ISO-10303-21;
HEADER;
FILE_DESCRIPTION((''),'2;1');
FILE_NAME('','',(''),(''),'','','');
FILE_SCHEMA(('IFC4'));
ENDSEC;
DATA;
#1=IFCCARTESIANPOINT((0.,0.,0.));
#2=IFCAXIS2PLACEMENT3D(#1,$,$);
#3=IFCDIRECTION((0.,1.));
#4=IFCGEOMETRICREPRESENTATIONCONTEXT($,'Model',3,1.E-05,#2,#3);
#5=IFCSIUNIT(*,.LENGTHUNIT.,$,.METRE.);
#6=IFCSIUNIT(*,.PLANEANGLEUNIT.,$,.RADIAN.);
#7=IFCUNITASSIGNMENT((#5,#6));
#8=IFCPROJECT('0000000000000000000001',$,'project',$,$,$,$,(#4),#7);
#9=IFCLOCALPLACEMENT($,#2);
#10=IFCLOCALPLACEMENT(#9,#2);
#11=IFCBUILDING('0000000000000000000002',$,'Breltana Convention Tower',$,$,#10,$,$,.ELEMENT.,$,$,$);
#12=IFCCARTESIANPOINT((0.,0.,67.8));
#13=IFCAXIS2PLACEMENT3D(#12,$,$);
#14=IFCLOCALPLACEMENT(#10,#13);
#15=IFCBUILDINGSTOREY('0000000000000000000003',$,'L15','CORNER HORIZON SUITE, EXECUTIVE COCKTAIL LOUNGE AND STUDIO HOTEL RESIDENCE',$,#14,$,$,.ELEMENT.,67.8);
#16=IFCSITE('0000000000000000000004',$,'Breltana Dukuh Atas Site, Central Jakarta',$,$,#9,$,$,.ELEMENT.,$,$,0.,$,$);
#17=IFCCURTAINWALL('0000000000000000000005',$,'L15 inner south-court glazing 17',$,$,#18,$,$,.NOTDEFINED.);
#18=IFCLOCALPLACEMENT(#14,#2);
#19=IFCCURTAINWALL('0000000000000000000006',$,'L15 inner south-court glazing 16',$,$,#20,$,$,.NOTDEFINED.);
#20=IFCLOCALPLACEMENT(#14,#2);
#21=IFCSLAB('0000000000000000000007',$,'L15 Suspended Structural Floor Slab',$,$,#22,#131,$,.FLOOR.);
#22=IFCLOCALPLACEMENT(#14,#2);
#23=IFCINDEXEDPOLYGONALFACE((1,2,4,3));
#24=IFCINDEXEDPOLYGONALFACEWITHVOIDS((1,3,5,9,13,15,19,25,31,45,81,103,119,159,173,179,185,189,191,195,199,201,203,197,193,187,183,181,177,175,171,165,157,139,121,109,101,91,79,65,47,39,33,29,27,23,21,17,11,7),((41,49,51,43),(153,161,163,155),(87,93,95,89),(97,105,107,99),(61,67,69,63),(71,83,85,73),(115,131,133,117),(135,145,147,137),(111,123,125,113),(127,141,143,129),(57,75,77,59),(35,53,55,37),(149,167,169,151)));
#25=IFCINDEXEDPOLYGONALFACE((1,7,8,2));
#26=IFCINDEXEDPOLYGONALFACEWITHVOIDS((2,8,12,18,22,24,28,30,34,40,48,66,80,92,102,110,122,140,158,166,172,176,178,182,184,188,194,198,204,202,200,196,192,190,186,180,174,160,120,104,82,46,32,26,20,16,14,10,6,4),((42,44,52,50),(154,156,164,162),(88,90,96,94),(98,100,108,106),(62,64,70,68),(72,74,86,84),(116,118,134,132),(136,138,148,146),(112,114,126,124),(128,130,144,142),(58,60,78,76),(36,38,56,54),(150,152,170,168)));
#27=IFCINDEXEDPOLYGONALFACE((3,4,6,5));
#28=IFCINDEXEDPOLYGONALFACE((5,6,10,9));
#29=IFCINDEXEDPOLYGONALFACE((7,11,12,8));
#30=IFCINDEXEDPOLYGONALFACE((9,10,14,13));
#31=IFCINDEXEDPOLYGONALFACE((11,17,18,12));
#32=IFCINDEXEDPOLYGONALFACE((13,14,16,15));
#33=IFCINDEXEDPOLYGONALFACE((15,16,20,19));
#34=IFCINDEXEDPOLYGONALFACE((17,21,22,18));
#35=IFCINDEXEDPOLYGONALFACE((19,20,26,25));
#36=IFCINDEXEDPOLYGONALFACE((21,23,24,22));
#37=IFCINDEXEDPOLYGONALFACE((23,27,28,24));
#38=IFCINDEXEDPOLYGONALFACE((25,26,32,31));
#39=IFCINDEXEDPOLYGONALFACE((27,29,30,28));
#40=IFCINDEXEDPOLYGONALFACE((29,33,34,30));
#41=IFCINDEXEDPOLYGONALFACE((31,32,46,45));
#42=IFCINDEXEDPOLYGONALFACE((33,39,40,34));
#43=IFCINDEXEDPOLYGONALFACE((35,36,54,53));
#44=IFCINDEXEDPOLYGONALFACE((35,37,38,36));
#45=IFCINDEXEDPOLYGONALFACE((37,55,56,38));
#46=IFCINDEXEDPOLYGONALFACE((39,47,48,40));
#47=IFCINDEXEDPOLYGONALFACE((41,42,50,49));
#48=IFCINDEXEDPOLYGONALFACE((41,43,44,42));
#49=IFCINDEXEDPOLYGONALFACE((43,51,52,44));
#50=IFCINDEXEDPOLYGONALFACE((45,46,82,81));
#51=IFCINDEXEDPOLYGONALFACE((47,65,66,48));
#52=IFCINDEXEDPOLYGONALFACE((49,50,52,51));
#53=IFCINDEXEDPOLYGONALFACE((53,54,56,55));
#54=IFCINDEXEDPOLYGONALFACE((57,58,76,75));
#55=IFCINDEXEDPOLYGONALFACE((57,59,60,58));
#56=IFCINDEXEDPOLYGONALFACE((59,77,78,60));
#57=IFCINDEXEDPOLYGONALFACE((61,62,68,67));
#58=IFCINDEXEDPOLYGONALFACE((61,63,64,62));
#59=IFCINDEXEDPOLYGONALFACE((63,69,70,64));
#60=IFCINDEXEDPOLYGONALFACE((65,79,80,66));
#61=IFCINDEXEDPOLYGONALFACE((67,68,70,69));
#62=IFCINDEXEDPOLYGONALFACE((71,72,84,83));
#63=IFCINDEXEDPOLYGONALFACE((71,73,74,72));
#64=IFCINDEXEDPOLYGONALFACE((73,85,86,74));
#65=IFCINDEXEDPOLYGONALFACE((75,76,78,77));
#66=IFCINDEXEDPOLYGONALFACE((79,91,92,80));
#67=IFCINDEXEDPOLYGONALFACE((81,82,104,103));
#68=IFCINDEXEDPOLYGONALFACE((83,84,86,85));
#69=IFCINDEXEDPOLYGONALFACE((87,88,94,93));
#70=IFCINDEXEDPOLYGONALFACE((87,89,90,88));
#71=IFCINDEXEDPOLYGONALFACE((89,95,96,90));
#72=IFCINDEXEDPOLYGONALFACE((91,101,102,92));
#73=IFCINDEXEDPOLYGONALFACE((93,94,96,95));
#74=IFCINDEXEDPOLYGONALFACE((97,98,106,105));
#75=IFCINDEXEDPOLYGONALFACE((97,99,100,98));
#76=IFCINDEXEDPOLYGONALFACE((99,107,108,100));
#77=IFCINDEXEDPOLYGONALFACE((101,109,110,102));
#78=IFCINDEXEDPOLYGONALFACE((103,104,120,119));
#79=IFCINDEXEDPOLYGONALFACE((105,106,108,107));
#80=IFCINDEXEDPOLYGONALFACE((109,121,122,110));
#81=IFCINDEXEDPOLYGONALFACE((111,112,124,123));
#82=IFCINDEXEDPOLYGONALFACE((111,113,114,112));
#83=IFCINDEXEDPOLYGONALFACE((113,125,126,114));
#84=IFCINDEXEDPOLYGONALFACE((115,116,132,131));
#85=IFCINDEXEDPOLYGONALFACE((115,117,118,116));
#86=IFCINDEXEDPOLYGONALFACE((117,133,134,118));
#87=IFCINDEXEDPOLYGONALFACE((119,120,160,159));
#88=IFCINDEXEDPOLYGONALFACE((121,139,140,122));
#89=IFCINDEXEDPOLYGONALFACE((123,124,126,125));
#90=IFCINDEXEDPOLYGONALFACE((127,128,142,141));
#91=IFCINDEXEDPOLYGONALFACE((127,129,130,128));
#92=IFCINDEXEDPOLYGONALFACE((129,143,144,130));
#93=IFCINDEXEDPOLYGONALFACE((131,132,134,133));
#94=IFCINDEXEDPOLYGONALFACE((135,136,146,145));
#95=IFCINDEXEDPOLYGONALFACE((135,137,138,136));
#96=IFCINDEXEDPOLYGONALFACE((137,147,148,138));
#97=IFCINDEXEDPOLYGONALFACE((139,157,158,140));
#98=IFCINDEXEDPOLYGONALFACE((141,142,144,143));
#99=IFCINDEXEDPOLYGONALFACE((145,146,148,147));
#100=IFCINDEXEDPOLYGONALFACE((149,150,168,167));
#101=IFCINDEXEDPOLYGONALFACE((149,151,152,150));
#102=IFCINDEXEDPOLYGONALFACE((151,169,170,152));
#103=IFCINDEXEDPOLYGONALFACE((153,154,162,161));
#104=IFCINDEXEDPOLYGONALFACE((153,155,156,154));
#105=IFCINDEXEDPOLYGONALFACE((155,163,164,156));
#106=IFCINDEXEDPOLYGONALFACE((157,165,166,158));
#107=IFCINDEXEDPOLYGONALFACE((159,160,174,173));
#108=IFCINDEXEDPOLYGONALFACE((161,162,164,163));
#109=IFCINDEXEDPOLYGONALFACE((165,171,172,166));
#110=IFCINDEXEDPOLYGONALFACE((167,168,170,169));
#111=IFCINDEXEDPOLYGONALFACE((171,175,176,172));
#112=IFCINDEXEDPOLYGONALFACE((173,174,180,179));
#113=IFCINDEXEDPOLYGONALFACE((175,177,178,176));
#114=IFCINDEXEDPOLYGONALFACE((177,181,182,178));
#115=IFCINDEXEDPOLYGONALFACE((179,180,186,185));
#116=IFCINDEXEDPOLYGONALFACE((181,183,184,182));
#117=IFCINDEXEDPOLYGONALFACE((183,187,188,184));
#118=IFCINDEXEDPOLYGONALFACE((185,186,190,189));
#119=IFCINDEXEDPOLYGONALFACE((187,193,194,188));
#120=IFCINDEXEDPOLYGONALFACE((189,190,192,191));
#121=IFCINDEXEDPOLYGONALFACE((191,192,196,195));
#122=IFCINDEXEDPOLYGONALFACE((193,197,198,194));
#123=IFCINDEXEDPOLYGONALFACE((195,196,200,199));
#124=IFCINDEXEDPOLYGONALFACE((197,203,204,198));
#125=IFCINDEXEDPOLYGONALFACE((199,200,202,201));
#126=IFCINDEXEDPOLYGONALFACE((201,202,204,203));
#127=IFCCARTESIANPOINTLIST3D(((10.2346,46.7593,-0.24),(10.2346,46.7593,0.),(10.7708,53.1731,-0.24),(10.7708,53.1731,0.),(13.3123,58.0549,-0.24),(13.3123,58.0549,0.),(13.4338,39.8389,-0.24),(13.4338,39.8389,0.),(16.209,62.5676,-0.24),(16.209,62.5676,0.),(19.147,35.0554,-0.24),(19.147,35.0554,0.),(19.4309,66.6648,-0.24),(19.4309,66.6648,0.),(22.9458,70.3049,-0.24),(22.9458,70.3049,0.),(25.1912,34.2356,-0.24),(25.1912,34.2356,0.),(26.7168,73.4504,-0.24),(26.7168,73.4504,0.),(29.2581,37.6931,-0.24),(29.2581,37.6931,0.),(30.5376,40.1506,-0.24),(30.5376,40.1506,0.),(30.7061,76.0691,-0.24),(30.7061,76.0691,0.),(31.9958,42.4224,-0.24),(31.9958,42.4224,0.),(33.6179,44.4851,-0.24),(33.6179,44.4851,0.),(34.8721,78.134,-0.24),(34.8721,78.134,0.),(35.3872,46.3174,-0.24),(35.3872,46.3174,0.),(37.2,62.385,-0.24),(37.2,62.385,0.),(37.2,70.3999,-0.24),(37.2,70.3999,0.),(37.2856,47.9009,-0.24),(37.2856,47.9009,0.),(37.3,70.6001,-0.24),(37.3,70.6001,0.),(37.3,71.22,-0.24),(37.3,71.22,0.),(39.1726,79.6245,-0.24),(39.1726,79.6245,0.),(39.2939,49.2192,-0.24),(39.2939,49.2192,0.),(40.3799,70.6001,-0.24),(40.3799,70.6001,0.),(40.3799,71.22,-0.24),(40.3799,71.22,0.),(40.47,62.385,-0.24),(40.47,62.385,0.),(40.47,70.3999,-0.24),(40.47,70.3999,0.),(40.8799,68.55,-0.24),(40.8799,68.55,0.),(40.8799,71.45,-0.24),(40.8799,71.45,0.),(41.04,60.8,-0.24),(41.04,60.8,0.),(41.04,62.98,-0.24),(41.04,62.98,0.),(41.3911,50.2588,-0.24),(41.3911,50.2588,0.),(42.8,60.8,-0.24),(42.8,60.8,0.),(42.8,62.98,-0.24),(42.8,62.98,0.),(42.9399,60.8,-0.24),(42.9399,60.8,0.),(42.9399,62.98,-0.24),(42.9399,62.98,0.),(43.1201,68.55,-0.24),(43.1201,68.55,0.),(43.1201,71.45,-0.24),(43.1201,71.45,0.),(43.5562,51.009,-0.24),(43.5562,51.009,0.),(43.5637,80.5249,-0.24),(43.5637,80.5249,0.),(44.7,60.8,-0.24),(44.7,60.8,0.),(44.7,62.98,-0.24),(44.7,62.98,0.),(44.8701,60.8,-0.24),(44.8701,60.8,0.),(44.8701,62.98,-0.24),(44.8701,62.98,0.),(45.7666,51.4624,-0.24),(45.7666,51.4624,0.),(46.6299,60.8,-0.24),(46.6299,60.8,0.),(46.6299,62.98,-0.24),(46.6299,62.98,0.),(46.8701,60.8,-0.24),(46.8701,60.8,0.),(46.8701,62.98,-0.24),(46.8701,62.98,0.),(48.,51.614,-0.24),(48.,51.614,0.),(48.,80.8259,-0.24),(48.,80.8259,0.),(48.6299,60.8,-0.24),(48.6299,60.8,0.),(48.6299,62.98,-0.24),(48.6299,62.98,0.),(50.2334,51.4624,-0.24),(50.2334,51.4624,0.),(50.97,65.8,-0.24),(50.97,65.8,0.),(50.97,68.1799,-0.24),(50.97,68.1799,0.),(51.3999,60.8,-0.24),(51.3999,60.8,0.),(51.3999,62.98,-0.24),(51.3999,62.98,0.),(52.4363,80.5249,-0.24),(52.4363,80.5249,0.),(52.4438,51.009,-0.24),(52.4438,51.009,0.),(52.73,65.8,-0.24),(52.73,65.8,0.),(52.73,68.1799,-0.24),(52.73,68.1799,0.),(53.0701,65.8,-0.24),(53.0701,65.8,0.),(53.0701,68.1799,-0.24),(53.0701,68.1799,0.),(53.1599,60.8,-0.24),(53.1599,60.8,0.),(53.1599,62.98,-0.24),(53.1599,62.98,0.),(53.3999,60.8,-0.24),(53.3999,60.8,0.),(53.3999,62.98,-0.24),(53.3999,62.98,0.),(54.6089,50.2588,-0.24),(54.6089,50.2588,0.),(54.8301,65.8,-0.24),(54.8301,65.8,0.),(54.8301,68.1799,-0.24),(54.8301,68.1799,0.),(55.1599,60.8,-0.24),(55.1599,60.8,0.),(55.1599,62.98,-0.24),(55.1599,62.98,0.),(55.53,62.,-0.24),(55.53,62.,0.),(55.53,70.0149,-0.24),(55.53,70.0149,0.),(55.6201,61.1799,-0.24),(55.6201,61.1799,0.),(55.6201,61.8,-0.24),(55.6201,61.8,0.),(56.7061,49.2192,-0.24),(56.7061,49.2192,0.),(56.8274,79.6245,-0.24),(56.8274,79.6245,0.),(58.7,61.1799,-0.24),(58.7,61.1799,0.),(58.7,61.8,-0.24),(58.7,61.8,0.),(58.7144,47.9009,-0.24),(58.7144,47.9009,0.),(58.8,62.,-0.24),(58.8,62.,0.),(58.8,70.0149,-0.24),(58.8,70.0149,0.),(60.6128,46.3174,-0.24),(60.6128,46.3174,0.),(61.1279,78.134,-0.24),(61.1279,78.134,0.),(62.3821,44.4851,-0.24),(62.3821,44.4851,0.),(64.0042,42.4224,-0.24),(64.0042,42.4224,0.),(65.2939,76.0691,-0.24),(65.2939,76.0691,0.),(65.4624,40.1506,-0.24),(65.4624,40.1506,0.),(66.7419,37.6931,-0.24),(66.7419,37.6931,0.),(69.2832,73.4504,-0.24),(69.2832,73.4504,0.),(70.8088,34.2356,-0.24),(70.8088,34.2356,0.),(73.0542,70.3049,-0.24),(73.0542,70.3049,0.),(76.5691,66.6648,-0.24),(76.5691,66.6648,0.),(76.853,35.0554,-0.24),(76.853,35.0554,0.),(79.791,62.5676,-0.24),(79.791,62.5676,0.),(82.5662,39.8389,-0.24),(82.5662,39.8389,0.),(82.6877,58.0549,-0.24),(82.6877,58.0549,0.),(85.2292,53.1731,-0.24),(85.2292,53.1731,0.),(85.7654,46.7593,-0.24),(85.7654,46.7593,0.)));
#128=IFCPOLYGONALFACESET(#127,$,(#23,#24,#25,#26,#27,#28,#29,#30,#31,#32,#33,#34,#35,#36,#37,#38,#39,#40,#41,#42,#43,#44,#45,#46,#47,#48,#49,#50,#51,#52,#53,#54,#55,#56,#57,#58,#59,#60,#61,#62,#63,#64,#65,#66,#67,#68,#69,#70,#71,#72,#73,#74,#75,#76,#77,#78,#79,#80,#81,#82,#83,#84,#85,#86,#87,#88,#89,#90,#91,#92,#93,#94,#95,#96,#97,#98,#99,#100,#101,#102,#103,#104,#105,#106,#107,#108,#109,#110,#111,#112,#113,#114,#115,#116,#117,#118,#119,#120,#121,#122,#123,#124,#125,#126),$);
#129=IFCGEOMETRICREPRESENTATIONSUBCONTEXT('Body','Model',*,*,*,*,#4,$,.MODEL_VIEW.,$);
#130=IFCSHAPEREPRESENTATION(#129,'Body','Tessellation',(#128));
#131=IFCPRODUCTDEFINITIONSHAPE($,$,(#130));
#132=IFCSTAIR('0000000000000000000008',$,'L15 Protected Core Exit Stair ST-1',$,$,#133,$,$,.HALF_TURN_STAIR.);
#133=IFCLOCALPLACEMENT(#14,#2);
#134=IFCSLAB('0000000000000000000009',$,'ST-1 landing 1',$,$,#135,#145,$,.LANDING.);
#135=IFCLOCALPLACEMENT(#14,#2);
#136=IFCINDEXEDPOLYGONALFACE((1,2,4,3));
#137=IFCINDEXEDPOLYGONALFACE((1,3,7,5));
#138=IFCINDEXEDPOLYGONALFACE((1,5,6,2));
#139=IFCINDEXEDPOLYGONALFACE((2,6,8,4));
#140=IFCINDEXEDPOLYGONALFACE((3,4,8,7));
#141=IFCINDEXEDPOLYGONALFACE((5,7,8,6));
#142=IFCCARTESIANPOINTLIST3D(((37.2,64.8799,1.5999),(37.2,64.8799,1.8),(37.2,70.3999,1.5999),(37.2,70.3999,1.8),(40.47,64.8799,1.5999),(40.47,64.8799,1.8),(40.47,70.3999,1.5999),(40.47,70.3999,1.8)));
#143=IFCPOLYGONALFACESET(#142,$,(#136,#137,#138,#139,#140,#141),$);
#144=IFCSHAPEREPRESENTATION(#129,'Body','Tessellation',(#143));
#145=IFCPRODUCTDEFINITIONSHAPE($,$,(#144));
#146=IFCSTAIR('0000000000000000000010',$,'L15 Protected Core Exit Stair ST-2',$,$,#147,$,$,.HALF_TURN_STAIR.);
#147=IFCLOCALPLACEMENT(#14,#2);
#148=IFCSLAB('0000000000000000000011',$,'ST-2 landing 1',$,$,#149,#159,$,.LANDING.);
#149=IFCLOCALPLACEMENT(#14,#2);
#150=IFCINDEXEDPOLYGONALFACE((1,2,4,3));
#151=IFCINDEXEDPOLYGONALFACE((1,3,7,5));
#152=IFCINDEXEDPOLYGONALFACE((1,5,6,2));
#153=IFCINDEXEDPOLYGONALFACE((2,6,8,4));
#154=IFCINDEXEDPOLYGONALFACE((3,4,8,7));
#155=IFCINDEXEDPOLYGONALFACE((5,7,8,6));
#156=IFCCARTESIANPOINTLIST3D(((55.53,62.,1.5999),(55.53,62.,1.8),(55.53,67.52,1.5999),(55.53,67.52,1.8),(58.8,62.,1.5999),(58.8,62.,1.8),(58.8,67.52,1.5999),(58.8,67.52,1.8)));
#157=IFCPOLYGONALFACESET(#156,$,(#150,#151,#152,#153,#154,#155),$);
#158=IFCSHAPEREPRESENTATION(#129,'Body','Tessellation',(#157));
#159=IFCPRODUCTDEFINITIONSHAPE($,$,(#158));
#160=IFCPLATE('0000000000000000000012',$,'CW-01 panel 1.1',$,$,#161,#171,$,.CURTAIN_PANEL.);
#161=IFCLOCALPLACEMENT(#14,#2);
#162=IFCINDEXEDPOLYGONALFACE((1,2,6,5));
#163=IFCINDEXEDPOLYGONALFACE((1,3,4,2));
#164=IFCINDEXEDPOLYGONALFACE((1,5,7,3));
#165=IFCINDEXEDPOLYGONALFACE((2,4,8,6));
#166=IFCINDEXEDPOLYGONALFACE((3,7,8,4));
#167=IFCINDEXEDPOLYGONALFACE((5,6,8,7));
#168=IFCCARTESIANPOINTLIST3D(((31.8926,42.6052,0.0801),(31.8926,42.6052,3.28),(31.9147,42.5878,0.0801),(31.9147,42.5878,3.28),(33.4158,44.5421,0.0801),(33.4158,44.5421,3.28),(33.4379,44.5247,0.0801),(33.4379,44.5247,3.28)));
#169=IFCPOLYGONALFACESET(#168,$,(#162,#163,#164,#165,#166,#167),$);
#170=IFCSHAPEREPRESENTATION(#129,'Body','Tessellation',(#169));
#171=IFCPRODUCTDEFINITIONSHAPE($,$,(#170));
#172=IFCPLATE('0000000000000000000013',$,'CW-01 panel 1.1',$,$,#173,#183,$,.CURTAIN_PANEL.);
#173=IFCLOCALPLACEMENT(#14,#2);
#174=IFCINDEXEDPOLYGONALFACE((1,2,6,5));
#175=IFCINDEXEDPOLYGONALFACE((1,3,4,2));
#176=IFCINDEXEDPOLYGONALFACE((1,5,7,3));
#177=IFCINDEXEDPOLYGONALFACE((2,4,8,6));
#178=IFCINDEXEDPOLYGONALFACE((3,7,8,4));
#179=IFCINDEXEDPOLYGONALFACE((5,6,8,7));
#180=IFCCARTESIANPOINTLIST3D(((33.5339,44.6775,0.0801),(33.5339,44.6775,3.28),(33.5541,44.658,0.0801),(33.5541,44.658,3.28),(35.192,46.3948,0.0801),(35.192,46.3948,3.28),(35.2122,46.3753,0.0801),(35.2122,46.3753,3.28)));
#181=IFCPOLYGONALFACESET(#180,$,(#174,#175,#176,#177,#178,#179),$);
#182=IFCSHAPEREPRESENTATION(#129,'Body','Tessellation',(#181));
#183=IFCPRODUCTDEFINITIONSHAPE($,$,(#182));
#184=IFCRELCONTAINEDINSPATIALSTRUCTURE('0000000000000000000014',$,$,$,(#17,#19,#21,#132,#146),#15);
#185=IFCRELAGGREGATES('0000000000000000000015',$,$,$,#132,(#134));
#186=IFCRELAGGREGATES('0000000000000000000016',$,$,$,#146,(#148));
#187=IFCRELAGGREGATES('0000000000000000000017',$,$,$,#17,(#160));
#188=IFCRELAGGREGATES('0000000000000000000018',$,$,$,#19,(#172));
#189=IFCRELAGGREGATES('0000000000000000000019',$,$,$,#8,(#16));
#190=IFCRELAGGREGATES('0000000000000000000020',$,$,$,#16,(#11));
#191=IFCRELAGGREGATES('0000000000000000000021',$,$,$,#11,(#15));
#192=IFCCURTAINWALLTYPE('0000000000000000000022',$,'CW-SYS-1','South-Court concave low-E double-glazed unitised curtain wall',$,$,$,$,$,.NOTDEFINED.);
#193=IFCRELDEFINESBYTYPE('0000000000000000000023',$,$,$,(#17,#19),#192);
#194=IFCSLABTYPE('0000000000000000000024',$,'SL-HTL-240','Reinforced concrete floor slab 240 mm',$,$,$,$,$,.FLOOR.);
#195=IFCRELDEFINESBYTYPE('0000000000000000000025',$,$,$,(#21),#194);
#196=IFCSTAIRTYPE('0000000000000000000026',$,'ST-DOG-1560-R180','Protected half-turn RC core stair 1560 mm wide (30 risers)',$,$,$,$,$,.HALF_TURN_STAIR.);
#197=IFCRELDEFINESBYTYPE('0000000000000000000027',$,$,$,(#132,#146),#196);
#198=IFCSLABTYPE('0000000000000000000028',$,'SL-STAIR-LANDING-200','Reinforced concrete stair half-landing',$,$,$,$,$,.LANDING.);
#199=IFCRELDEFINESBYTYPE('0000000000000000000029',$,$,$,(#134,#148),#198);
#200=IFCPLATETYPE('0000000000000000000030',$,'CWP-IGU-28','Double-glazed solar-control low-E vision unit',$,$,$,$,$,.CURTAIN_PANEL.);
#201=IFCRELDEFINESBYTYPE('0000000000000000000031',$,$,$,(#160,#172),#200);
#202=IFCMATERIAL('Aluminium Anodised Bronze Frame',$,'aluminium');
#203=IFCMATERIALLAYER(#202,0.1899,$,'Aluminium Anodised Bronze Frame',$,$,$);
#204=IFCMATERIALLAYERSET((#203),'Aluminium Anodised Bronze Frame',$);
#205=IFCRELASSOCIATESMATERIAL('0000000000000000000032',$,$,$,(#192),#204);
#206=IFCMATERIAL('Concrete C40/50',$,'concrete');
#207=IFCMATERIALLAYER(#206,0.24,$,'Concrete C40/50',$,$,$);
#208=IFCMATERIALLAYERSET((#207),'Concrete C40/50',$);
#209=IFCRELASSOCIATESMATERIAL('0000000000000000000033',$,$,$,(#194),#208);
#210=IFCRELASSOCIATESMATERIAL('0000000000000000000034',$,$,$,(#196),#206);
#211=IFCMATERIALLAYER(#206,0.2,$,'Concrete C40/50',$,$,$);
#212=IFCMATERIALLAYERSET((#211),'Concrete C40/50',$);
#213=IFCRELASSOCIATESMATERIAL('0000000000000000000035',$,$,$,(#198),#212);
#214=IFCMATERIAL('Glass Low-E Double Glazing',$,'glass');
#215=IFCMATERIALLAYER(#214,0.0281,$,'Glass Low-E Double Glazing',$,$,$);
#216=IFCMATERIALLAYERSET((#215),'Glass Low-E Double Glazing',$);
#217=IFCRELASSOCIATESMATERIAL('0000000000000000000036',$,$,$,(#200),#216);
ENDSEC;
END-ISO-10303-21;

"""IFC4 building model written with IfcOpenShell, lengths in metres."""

from ifc_helpers import new_model, si_unit, direction, frame, origin, origin_2d, place, context, subcontext, project, spatial, polyline, rectangle, outline, extrude, source, transform, mapped, material, layer, layer_set, type_object, element, aggregate, save


model = new_model("IFC4")

# Units and contexts
model_context = context("Model", 3, precision=1e-05, world=origin(), true_north=direction((0.0, 1.0)))
body_context = subcontext(model_context, "Body", "Model", "MODEL_VIEW")
ifc_project = project(units=[si_unit("LENGTHUNIT", "METRE"), si_unit("PLANEANGLEUNIT", "RADIAN")], contexts=[model_context])

# Site, building, storey
site_placement = place(None, origin())
site = spatial("IfcSite", under=ifc_project, at=site_placement, Name="Breltana Dukuh Atas Site, Central Jakarta", CompositionType="ELEMENT", RefElevation=0.0)
building_placement = place(site_placement, origin())
building = spatial("IfcBuilding", under=site, at=building_placement, Name="Breltana Convention Tower", CompositionType="ELEMENT")
storey_placement = place(building_placement, frame((0.0, 0.0, 67.8)))
storey = spatial("IfcBuildingStorey", under=building, at=storey_placement, Name="L15", Description="CORNER HORIZON SUITE, EXECUTIVE COCKTAIL LOUNGE AND STUDIO HOTEL RESIDENCE", CompositionType="ELEMENT", Elevation=67.8)

# Curtain wall
ifc_material_1 = material(Name="Aluminium Anodised Bronze Frame", Category="aluminium")
ifc_layer_1 = layer(ifc_material_1, 0.1899, Name="Aluminium Anodised Bronze Frame")
ifc_layer_set_1 = layer_set([ifc_layer_1], Name="Aluminium Anodised Bronze Frame")
curtain_wall_type = type_object("IfcCurtainWallType", Name="CW-SYS-1", Description="South-Court concave low-E double-glazed unitised curtain wall", PredefinedType="NOTDEFINED", material=ifc_layer_set_1)
curtain_wall_1_placement = place(storey_placement, origin())
curtain_wall_1 = element("IfcCurtainWall", 1, at=curtain_wall_1_placement, inside=storey, type_object=curtain_wall_type, Name="L15 inner south-court glazing 17", PredefinedType="NOTDEFINED")

# Curtain wall
curtain_wall_2_placement = place(storey_placement, origin())
curtain_wall_2 = element("IfcCurtainWall", 2, at=curtain_wall_2_placement, inside=storey, type_object=curtain_wall_type, Name="L15 inner south-court glazing 16", PredefinedType="NOTDEFINED")

# Slab
ifc_material_2 = material(Name="Concrete C40/50", Category="concrete")
ifc_layer_2 = layer(ifc_material_2, 0.24, Name="Concrete C40/50")
ifc_layer_set_2 = layer_set([ifc_layer_2], Name="Concrete C40/50")
slab_type_1 = type_object("IfcSlabType", Name="SL-HTL-240", Description="Reinforced concrete floor slab 240 mm", PredefinedType="FLOOR", material=ifc_layer_set_2)
slab_1_placement = place(storey_placement, frame((0.0, 0.0, -0.24)))
element("IfcSlab", 3, at=slab_1_placement, inside=storey, type_object=slab_type_1, Name="L15 Suspended Structural Floor Slab", PredefinedType="FLOOR", context=body_context, shape_type="SweptSolid", body=[
    extrude(outline(polyline([(85.2292, 53.1731), (82.6877, 58.0549), (79.791, 62.5676), (76.5691, 66.6648), (73.0542, 70.3049), (69.2832, 73.4504), (65.2939, 76.0691), (61.1279, 78.134), (56.8274, 79.6245), (52.4363, 80.5249), (48.0, 80.8259), (43.5637, 80.5249), (39.1726, 79.6245), (34.8721, 78.134), (30.7061, 76.0691), (26.7168, 73.4504), (22.9458, 70.3049), (19.4309, 66.6648), (16.209, 62.5676), (13.3123, 58.0549), (10.7708, 53.1731), (10.2346, 46.7593), (13.4338, 39.8389), (19.147, 35.0554), (25.1912, 34.2356), (29.2581, 37.6931), (30.5376, 40.1506), (31.9958, 42.4224), (33.6179, 44.4851), (35.3872, 46.3174), (37.2856, 47.9009), (39.2939, 49.2192), (41.3911, 50.2588), (43.5562, 51.009), (45.7666, 51.4624), (48.0, 51.614), (50.2334, 51.4624), (52.4438, 51.009), (54.6089, 50.2588), (56.7061, 49.2192), (58.7144, 47.9009), (60.6128, 46.3174), (62.3821, 44.4851), (64.0042, 42.4224), (65.4624, 40.1506), (66.7419, 37.6931), (70.8088, 34.2356), (76.853, 35.0554), (82.5662, 39.8389), (85.7654, 46.7593), (85.2292, 53.1731)]), holes=[polyline([(37.2, 62.385), (40.47, 62.385), (40.47, 70.3999), (37.2, 70.3999), (37.2, 62.385)]), polyline([(55.53, 62.0), (58.8, 62.0), (58.8, 70.0149), (55.53, 70.0149), (55.53, 62.0)]), polyline([(41.04, 60.8), (42.8, 60.8), (42.8, 62.98), (41.04, 62.98), (41.04, 60.8)]), polyline([(42.9399, 60.8), (44.7, 60.8), (44.7, 62.98), (42.9399, 62.98), (42.9399, 60.8)]), polyline([(44.8701, 60.8), (46.6299, 60.8), (46.6299, 62.98), (44.8701, 62.98), (44.8701, 60.8)]), polyline([(46.8701, 60.8), (48.6299, 60.8), (48.6299, 62.98), (46.8701, 62.98), (46.8701, 60.8)]), polyline([(51.3999, 60.8), (53.1599, 60.8), (53.1599, 62.98), (51.3999, 62.98), (51.3999, 60.8)]), polyline([(53.3999, 60.8), (55.1599, 60.8), (55.1599, 62.98), (53.3999, 62.98), (53.3999, 60.8)]), polyline([(50.97, 65.8), (52.73, 65.8), (52.73, 68.1799), (50.97, 68.1799), (50.97, 65.8)]), polyline([(53.0701, 65.8), (54.8301, 65.8), (54.8301, 68.1799), (53.0701, 68.1799), (53.0701, 65.8)]), polyline([(40.8799, 68.55), (43.1201, 68.55), (43.1201, 71.45), (40.8799, 71.45), (40.8799, 68.55)]), polyline([(37.3, 70.6001), (40.3799, 70.6001), (40.3799, 71.22), (37.3, 71.22), (37.3, 70.6001)]), polyline([(55.6201, 61.1799), (58.7, 61.1799), (58.7, 61.8), (55.6201, 61.8), (55.6201, 61.1799)])]), origin(), (0.0, 0.0, 1.0), 0.24),
])

# Stairs, slabs
stair_type = type_object("IfcStairType", Name="ST-DOG-1560-R180", Description="Protected half-turn RC core stair 1560 mm wide (30 risers)", PredefinedType="HALF_TURN_STAIR", material=ifc_material_2)
stair_1_placement = place(storey_placement, origin())
stair_1 = element("IfcStair", 4, at=stair_1_placement, inside=storey, type_object=stair_type, Name="L15 Protected Core Exit Stair ST-1", PredefinedType="HALF_TURN_STAIR")
ifc_layer_3 = layer(ifc_material_2, 0.2, Name="Concrete C40/50")
ifc_layer_set_3 = layer_set([ifc_layer_3], Name="Concrete C40/50")
slab_type_2 = type_object("IfcSlabType", Name="SL-STAIR-LANDING-200", Description="Reinforced concrete stair half-landing", PredefinedType="LANDING", material=ifc_layer_set_3)
slab_2_placement = place(storey_placement, frame((0.0, 0.0, 1.5999)))
slab_2 = element("IfcSlab", 5, at=slab_2_placement, type_object=slab_type_2, Name="ST-1 landing 1", PredefinedType="LANDING", context=body_context, shape_type="SweptSolid", body=[
    extrude(outline(polyline([(40.47, 64.8799), (40.47, 70.3999), (37.2, 70.3999), (37.2, 64.8799), (40.47, 64.8799)])), origin(), (0.0, 0.0, 1.0), 0.2002),
])
aggregate(stair_1, [slab_2])
stair_2_placement = place(storey_placement, origin())
stair_2 = element("IfcStair", 6, at=stair_2_placement, inside=storey, type_object=stair_type, Name="L15 Protected Core Exit Stair ST-2", PredefinedType="HALF_TURN_STAIR")
slab_3_placement = place(storey_placement, frame((0.0, 0.0, 1.5999)))
slab_3 = element("IfcSlab", 7, at=slab_3_placement, type_object=slab_type_2, Name="ST-2 landing 1", PredefinedType="LANDING", context=body_context, shape_type="SweptSolid", body=[
    extrude(outline(polyline([(55.53, 67.52), (55.53, 62.0), (58.8, 62.0), (58.8, 67.52), (55.53, 67.52)])), origin(), (0.0, 0.0, 1.0), 0.2002),
])
aggregate(stair_2, [slab_3])

# Plates
ifc_material_3 = material(Name="Glass Low-E Double Glazing", Category="glass")
ifc_layer_4 = layer(ifc_material_3, 0.0281, Name="Glass Low-E Double Glazing")
ifc_layer_set_4 = layer_set([ifc_layer_4], Name="Glass Low-E Double Glazing")
plate_type = type_object("IfcPlateType", Name="CWP-IGU-28", Description="Double-glazed solar-control low-E vision unit", PredefinedType="CURTAIN_PANEL", material=ifc_layer_set_4)
shared_shape_1 = source(origin(), body_context, "Body", "SweptSolid", [
    extrude(rectangle(XDim=2.4641, YDim=0.0281, at=origin_2d()), origin(), (0.0, 0.0, 1.0), 3.2),
])
plate_1_placement = place(storey_placement, frame((32.6653, 43.5649, 0.0801), z_axis=(0.0, 0.0, 1.0), x_axis=(-0.618153, -0.786058, 0.0)))
plate_1 = element("IfcPlate", 8, at=plate_1_placement, type_object=plate_type, Name="CW-01 panel 1.1", PredefinedType="CURTAIN_PANEL", context=body_context, shape_type="MappedRepresentation", body=[
    mapped(shared_shape_1, transform((0.0, 0.0, 0.0), scale=1.0)),
])
aggregate(curtain_wall_1, [plate_1])
shared_shape_2 = source(origin(), body_context, "Body", "SweptSolid", [
    extrude(rectangle(XDim=2.3872, YDim=0.0281, at=origin_2d()), origin(), (0.0, 0.0, 1.0), 3.2),
])
plate_2_placement = place(storey_placement, frame((34.373, 45.5264, 0.0801), z_axis=(0.0, 0.0, 1.0), x_axis=(-0.694612, -0.719385, 0.0)))
plate_2 = element("IfcPlate", 9, at=plate_2_placement, type_object=plate_type, Name="CW-01 panel 1.1", PredefinedType="CURTAIN_PANEL", context=body_context, shape_type="MappedRepresentation", body=[
    mapped(shared_shape_2, transform((0.0, 0.0, 0.0), scale=1.0)),
])
aggregate(curtain_wall_2, [plate_2])

save(model, "model.ifc")
